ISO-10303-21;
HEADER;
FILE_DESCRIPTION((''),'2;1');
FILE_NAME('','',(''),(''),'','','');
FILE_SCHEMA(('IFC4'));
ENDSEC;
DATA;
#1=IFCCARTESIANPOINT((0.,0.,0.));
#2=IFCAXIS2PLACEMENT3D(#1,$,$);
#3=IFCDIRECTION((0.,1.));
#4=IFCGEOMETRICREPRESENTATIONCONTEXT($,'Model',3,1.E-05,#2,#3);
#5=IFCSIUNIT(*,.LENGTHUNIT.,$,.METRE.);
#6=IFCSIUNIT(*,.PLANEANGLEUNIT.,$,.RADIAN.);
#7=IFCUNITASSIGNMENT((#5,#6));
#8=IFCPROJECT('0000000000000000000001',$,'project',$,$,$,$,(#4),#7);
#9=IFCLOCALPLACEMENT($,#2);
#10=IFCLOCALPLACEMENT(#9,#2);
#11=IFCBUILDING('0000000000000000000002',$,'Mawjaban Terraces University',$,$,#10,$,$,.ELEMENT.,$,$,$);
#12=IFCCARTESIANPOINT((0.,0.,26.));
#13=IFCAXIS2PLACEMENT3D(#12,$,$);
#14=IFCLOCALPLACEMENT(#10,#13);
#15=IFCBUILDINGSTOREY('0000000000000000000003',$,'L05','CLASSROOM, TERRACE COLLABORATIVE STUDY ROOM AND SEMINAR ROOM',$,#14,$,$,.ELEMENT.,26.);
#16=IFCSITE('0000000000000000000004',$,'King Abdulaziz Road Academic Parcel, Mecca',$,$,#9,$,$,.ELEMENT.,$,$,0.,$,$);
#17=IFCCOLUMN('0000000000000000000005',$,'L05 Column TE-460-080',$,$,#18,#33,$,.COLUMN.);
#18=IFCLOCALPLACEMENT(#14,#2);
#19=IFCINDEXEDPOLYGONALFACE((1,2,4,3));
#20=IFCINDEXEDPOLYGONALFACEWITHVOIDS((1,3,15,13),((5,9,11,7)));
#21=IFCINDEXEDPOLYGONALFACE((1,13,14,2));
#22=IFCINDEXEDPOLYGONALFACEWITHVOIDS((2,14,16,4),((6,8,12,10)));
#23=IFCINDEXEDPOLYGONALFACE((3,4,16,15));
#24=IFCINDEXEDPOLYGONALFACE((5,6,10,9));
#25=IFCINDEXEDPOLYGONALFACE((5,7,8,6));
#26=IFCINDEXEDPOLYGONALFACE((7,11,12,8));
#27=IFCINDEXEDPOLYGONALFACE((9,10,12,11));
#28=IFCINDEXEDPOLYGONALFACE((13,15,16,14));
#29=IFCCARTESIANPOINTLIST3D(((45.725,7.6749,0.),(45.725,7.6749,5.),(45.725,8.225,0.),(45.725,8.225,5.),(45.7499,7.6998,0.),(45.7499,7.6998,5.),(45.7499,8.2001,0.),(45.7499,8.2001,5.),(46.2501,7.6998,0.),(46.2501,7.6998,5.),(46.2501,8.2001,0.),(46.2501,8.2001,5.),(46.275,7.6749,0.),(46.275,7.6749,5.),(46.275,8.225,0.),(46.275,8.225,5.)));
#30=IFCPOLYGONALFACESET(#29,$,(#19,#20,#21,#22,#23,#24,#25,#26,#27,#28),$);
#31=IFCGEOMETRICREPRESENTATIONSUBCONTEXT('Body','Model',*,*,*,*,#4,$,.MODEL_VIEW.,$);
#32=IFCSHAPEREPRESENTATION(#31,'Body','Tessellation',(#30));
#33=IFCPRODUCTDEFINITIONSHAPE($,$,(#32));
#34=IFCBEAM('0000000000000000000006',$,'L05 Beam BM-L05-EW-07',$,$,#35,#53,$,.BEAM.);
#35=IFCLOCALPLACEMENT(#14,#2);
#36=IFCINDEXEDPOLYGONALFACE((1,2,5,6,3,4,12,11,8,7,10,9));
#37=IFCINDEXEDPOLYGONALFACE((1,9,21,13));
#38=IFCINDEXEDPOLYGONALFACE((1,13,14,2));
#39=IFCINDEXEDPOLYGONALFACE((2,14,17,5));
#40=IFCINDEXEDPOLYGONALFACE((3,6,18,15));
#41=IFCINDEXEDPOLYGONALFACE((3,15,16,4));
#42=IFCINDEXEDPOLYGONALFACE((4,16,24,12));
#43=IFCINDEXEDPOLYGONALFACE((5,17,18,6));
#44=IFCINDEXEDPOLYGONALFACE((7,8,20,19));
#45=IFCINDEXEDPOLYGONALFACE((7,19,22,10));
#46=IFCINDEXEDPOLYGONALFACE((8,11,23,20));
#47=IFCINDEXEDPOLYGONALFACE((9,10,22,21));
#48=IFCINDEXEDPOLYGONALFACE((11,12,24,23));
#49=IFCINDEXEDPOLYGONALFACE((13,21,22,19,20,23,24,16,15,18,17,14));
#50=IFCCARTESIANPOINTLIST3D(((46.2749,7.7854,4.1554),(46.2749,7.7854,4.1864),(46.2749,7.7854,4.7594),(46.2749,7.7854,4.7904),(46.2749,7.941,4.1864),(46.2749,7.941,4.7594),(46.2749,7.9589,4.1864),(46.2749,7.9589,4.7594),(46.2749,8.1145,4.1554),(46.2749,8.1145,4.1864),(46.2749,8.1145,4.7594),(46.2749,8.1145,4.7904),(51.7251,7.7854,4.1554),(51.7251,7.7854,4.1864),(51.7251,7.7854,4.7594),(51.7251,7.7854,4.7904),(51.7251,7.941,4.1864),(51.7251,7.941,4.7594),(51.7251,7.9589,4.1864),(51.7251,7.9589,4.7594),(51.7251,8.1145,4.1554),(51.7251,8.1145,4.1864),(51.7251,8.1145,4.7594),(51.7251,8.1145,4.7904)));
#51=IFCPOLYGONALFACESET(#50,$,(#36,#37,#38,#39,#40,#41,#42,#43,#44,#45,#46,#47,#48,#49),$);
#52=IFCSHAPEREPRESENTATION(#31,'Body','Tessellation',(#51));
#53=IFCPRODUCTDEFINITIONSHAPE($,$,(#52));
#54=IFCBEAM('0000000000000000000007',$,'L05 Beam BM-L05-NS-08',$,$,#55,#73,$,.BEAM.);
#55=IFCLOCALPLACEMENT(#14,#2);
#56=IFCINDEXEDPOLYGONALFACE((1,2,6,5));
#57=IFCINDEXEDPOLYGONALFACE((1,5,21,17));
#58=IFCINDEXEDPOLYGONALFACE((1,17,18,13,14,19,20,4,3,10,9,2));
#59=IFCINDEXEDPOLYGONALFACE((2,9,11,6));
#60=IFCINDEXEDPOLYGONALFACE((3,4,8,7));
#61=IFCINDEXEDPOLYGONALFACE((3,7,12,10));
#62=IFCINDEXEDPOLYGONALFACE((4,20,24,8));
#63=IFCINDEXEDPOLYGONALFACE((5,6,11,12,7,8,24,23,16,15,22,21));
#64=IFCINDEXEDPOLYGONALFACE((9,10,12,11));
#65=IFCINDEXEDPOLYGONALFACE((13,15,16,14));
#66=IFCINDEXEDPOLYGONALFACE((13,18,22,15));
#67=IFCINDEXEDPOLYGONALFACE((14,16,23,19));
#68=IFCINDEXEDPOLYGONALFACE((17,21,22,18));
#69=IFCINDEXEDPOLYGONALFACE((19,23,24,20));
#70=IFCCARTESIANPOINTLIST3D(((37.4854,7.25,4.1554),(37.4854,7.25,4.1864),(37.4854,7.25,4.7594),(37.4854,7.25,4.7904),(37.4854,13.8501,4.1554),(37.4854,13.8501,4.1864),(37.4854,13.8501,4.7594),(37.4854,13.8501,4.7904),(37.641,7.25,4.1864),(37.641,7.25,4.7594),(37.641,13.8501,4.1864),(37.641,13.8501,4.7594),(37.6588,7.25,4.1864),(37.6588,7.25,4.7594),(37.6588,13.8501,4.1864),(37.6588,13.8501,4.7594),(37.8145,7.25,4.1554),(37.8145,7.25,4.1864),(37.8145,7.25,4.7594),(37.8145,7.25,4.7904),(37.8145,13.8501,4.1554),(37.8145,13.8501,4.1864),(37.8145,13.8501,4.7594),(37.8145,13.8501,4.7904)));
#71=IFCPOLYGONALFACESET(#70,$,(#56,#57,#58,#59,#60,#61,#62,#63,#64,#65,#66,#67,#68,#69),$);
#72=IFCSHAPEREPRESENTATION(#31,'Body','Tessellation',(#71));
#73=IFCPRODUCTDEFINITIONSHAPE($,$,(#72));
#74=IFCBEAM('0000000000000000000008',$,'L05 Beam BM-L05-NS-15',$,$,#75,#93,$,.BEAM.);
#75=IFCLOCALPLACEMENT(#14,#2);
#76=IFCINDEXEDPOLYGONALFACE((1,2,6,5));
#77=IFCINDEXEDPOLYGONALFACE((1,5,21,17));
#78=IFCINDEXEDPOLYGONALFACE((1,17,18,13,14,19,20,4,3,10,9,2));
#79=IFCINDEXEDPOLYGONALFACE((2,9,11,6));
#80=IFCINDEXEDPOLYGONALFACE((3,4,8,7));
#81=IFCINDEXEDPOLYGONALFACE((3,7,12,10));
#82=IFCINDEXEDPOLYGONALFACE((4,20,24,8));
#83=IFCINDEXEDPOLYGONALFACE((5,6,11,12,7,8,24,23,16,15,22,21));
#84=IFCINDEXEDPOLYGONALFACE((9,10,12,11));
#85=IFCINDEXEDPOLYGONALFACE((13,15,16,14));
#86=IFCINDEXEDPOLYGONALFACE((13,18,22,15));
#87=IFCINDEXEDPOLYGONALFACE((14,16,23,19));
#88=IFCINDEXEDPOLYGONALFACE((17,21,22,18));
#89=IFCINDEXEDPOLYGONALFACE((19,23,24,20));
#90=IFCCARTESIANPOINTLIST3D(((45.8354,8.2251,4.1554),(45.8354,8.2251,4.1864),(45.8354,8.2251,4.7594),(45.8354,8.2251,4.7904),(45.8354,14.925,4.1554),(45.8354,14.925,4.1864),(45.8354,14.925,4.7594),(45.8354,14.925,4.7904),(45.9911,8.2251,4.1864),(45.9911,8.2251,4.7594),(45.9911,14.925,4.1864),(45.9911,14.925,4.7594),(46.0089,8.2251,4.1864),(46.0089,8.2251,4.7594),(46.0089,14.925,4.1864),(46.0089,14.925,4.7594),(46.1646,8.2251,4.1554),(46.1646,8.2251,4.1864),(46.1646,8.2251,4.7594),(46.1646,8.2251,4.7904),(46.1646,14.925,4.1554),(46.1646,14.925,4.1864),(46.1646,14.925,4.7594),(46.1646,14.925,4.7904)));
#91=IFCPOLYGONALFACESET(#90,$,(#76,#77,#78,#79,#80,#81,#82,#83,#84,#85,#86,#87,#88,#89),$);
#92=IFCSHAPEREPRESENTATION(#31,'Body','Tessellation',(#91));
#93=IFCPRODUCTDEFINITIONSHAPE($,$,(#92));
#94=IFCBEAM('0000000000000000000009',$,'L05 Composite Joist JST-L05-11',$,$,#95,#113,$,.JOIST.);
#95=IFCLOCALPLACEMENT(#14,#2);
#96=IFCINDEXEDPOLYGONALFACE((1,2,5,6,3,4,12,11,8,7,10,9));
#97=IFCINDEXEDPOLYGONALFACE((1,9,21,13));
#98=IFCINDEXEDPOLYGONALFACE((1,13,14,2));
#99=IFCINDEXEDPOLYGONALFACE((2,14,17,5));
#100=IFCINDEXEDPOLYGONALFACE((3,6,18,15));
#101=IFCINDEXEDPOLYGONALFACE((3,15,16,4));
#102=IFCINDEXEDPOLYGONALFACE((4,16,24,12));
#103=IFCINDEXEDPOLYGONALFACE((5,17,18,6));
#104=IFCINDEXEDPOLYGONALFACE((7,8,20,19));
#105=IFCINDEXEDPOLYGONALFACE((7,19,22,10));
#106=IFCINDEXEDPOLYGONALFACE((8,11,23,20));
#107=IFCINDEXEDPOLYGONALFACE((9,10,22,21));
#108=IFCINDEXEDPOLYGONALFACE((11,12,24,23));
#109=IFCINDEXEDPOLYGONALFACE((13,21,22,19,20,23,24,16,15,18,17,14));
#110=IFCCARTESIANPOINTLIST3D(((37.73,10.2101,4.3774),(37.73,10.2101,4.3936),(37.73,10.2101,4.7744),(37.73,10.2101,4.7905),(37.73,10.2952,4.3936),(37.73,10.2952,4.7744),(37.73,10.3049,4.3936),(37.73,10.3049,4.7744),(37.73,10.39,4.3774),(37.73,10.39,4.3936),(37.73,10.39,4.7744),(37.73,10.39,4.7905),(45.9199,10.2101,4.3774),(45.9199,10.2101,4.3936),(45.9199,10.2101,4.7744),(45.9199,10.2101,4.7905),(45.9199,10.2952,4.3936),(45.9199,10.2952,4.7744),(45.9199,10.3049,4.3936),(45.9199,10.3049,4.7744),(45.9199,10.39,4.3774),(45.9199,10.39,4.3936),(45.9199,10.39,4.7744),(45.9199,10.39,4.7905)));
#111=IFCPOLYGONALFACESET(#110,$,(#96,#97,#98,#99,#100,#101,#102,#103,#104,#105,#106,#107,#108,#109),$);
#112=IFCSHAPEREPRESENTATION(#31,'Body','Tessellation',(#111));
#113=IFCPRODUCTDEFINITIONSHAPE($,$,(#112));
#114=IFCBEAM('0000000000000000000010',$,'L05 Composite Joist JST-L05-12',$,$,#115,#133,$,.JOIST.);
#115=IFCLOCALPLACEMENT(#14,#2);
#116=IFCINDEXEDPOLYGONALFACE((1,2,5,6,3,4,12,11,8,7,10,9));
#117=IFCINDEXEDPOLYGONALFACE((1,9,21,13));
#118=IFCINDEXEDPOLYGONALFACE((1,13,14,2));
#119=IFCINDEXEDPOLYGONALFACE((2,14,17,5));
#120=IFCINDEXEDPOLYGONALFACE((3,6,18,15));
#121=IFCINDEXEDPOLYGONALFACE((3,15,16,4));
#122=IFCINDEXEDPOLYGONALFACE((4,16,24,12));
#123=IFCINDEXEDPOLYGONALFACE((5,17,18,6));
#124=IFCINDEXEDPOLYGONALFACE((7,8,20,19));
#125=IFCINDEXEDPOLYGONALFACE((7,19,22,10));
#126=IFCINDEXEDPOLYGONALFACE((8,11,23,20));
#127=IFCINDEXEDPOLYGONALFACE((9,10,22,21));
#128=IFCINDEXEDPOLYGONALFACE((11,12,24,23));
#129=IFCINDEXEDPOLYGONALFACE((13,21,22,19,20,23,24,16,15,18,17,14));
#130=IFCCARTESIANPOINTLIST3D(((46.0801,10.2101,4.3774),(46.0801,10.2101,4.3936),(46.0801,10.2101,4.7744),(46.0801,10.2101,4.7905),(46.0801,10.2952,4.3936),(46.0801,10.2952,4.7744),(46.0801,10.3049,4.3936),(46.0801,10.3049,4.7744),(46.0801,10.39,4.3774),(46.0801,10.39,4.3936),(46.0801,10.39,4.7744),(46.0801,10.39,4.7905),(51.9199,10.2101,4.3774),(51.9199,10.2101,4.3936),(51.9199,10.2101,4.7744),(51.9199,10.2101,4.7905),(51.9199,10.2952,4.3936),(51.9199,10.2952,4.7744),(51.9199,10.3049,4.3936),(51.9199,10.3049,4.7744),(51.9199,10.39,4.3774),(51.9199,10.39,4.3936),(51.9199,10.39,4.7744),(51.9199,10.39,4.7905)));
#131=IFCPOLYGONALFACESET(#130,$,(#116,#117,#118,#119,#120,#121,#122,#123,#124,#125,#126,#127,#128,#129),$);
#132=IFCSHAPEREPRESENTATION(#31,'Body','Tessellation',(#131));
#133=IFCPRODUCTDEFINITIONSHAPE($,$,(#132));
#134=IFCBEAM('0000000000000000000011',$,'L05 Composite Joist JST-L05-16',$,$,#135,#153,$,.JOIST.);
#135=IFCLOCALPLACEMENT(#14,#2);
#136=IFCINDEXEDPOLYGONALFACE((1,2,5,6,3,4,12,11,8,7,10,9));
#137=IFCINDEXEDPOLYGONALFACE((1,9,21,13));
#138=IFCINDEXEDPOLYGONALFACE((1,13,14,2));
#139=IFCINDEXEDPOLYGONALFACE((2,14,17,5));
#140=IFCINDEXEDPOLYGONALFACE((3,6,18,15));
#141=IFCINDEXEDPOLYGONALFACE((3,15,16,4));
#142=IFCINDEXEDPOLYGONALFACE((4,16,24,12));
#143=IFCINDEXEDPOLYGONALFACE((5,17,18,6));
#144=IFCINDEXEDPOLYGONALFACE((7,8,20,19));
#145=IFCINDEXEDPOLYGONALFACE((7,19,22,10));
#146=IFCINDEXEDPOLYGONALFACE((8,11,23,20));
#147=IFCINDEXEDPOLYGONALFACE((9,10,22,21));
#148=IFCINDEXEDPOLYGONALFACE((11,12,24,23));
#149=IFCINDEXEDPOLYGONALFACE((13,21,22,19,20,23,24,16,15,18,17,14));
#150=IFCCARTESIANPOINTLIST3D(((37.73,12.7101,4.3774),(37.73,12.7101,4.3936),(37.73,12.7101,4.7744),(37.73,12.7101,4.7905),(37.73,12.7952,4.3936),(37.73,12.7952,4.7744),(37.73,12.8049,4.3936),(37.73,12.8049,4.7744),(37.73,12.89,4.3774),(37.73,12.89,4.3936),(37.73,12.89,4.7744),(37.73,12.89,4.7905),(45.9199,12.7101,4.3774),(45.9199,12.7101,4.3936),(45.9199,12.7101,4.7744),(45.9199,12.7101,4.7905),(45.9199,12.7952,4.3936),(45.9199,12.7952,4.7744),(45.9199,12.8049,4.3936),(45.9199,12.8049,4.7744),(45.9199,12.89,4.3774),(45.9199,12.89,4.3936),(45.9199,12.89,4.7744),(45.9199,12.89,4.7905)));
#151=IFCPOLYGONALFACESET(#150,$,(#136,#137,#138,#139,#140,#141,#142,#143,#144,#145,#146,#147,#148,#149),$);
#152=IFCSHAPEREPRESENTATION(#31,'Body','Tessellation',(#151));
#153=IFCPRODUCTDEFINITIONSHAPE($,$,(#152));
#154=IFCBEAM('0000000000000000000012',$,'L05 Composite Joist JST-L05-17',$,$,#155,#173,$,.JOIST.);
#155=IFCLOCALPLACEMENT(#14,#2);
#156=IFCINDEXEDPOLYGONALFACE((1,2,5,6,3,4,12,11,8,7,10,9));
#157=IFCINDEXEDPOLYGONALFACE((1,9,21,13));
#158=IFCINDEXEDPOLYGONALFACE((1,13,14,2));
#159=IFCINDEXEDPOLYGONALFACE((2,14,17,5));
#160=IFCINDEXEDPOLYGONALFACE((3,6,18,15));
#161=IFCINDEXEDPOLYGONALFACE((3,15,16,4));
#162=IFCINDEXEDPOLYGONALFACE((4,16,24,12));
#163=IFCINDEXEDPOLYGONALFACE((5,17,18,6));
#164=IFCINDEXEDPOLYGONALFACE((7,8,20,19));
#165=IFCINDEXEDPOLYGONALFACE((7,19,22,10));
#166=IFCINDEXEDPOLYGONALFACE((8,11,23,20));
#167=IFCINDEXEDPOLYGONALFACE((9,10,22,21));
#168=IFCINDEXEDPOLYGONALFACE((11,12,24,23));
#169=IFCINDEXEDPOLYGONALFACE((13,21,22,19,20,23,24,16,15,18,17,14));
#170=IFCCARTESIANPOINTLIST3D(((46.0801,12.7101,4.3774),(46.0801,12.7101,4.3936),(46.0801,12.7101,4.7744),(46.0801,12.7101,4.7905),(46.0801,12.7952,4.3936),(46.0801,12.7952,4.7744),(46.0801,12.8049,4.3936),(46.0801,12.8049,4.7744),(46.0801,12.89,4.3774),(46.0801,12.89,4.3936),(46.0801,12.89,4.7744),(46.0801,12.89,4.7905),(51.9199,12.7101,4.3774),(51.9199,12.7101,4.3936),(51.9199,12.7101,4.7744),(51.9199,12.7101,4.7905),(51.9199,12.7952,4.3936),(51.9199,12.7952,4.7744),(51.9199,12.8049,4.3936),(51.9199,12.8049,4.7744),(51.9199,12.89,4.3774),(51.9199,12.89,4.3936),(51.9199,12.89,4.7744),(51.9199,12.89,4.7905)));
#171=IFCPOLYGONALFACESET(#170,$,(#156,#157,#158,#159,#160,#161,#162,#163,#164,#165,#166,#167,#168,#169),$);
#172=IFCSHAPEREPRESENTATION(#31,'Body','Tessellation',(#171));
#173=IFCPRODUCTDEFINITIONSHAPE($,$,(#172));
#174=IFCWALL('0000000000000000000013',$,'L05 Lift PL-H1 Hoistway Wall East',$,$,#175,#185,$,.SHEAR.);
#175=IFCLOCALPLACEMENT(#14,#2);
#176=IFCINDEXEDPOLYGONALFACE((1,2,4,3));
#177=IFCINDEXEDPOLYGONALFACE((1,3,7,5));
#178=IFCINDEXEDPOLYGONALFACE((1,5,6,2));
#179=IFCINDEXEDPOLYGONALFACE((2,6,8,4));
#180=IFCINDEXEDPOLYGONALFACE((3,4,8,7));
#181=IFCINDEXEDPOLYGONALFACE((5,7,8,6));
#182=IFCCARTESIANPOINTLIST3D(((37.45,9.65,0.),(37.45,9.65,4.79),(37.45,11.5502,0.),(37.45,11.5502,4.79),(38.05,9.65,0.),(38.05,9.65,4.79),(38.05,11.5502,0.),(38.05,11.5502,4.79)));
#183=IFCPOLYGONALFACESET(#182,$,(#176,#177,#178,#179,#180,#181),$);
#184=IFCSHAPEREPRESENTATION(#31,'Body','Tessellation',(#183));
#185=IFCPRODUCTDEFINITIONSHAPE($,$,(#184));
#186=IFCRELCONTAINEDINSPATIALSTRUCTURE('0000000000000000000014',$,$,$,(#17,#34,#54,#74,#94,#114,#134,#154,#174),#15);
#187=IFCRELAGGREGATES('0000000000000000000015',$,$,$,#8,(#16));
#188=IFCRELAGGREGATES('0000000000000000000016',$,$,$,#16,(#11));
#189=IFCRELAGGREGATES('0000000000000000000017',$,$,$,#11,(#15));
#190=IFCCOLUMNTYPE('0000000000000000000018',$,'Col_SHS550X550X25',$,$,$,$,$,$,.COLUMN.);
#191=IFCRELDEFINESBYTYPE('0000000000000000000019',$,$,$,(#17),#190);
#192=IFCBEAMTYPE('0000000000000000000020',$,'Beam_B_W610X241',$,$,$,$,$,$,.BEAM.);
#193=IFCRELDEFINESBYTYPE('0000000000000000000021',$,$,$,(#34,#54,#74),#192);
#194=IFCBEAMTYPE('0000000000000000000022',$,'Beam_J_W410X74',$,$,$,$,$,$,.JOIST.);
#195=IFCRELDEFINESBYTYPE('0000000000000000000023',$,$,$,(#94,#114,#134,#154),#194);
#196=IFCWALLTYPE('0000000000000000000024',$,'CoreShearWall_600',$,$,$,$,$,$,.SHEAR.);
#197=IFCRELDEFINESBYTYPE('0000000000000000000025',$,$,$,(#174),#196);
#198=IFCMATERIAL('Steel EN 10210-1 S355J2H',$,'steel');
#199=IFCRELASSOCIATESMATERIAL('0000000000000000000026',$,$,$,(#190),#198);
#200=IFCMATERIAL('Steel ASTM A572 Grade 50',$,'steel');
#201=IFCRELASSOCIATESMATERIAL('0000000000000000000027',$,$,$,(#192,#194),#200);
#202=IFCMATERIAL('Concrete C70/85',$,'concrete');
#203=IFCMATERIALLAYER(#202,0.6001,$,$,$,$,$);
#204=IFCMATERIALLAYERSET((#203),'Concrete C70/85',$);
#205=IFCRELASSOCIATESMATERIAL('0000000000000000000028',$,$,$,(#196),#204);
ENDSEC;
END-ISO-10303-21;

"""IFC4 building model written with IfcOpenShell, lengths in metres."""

from ifc_helpers import new_model, si_unit, direction, frame, frame_2d, origin, origin_2d, place, context, subcontext, project, spatial, rectangle, hollow_rectangle, i_section, extrude, material, layer, layer_set, material_profile, profile_set, type_object, element, save


model = new_model("IFC4")

# Units and contexts
model_context = context("Model", 3, precision=1e-05, world=origin(), true_north=direction((0.0, 1.0)))
body_context = subcontext(model_context, "Body", "Model", "MODEL_VIEW")
ifc_project = project(units=[si_unit("LENGTHUNIT", "METRE"), si_unit("PLANEANGLEUNIT", "RADIAN")], contexts=[model_context])

# Site, building, storey
site_placement = place(None, origin())
site = spatial("IfcSite", under=ifc_project, at=site_placement, Name="King Abdulaziz Road Academic Parcel, Mecca", CompositionType="ELEMENT", RefElevation=0.0)
building_placement = place(site_placement, origin())
building = spatial("IfcBuilding", under=site, at=building_placement, Name="Mawjaban Terraces University", CompositionType="ELEMENT")
storey_placement = place(building_placement, frame((0.0, 0.0, 26.0)))
storey = spatial("IfcBuildingStorey", under=building, at=storey_placement, Name="L05", Description="CLASSROOM, TERRACE COLLABORATIVE STUDY ROOM AND SEMINAR ROOM", CompositionType="ELEMENT", Elevation=26.0)

# Column
ifc_material_1 = material(Name="Steel EN 10210-1 S355J2H", Category="steel")
ifc_material_profile_1 = material_profile(ifc_material_1, hollow_rectangle(XDim=0.55, YDim=0.55, WallThickness=0.0249, at=origin_2d()), Name="SHS550X550X25")
ifc_profile_set_1 = profile_set([ifc_material_profile_1], Name="Steel EN 10210-1 S355J2H")
column_type = type_object("IfcColumnType", Name="Col_SHS550X550X25", PredefinedType="COLUMN", material=ifc_profile_set_1)
column_placement = place(storey_placement, frame((46.0, 7.95, 0.0), z_axis=(0.0, 0.0, 1.0), x_axis=(1.0, 0.0, 0.0)))
element("IfcColumn", 1, at=column_placement, inside=storey, type_object=column_type, Name="L05 Column TE-460-080", PredefinedType="COLUMN", context=body_context, shape_type="SweptSolid", body=[
    extrude(hollow_rectangle(XDim=0.55, YDim=0.55, WallThickness=0.0249, at=origin_2d()), origin(), (0.0, 0.0, 1.0), 5.0),
])

# Beams
ifc_material_2 = material(Name="Steel ASTM A572 Grade 50", Category="steel")
ifc_material_profile_2 = material_profile(ifc_material_2, i_section(OverallWidth=0.3291, OverallDepth=0.635, WebThickness=0.0178, FlangeThickness=0.031, at=origin_2d()), Name="W610X241")
ifc_profile_set_2 = profile_set([ifc_material_profile_2], Name="Steel ASTM A572 Grade 50")
beam_type_1 = type_object("IfcBeamType", Name="Beam_B_W610X241", PredefinedType="BEAM", material=ifc_profile_set_2)
beam_1_placement = place(storey_placement, frame((46.2749, 7.95, 4.4729), z_axis=(1.0, 0.0, 0.0), x_axis=(0.0, 1.0, 0.0)))
element("IfcBeam", 2, at=beam_1_placement, inside=storey, type_object=beam_type_1, Name="L05 Beam BM-L05-EW-07", PredefinedType="BEAM", context=body_context, shape_type="SweptSolid", body=[
    extrude(i_section(OverallWidth=0.3291, OverallDepth=0.635, WebThickness=0.0178, FlangeThickness=0.031, at=origin_2d()), origin(), (0.0, 0.0, 1.0), 5.4502),
])
beam_2_placement = place(storey_placement, frame((37.6499, 7.25, 4.4729), z_axis=(0.0, 1.0, 0.0), x_axis=(-1.0, 0.0, 0.0)))
element("IfcBeam", 3, at=beam_2_placement, inside=storey, type_object=beam_type_1, Name="L05 Beam BM-L05-NS-08", PredefinedType="BEAM", context=body_context, shape_type="SweptSolid", body=[
    extrude(i_section(OverallWidth=0.3291, OverallDepth=0.635, WebThickness=0.0178, FlangeThickness=0.031, at=origin_2d()), origin(), (0.0, 0.0, 1.0), 6.6001),
])
beam_3_placement = place(storey_placement, frame((46.0, 8.2251, 4.4729), z_axis=(0.0, 1.0, 0.0), x_axis=(-1.0, 0.0, 0.0)))
element("IfcBeam", 4, at=beam_3_placement, inside=storey, type_object=beam_type_1, Name="L05 Beam BM-L05-NS-15", PredefinedType="BEAM", context=body_context, shape_type="SweptSolid", body=[
    extrude(i_section(OverallWidth=0.3291, OverallDepth=0.635, WebThickness=0.0178, FlangeThickness=0.031, at=origin_2d()), origin(), (0.0, 0.0, 1.0), 6.7),
])
ifc_material_profile_3 = material_profile(ifc_material_2, i_section(OverallWidth=0.1799, OverallDepth=0.4131, WebThickness=0.0098, FlangeThickness=0.0161, at=origin_2d()), Name="W410X74")
ifc_profile_set_3 = profile_set([ifc_material_profile_3], Name="Steel ASTM A572 Grade 50")
beam_type_2 = type_object("IfcBeamType", Name="Beam_J_W410X74", PredefinedType="JOIST", material=ifc_profile_set_3)
beam_4_placement = place(storey_placement, frame((37.73, 10.3, 4.584), z_axis=(1.0, 0.0, 0.0), x_axis=(0.0, 1.0, 0.0)))
element("IfcBeam", 5, at=beam_4_placement, inside=storey, type_object=beam_type_2, Name="L05 Composite Joist JST-L05-11", PredefinedType="JOIST", context=body_context, shape_type="SweptSolid", body=[
    extrude(i_section(OverallWidth=0.1799, OverallDepth=0.4131, WebThickness=0.0098, FlangeThickness=0.0161, at=origin_2d()), origin(), (0.0, 0.0, 1.0), 8.1899),
])
beam_5_placement = place(storey_placement, frame((46.0801, 10.3, 4.584), z_axis=(1.0, 0.0, 0.0), x_axis=(0.0, 1.0, 0.0)))
element("IfcBeam", 6, at=beam_5_placement, inside=storey, type_object=beam_type_2, Name="L05 Composite Joist JST-L05-12", PredefinedType="JOIST", context=body_context, shape_type="SweptSolid", body=[
    extrude(i_section(OverallWidth=0.1799, OverallDepth=0.4131, WebThickness=0.0098, FlangeThickness=0.0161, at=origin_2d()), origin(), (0.0, 0.0, 1.0), 5.8398),
])
beam_6_placement = place(storey_placement, frame((37.73, 12.8, 4.584), z_axis=(1.0, 0.0, 0.0), x_axis=(0.0, 1.0, 0.0)))
element("IfcBeam", 7, at=beam_6_placement, inside=storey, type_object=beam_type_2, Name="L05 Composite Joist JST-L05-16", PredefinedType="JOIST", context=body_context, shape_type="SweptSolid", body=[
    extrude(i_section(OverallWidth=0.1799, OverallDepth=0.4131, WebThickness=0.0098, FlangeThickness=0.0161, at=origin_2d()), origin(), (0.0, 0.0, 1.0), 8.1899),
])
beam_7_placement = place(storey_placement, frame((46.0801, 12.8, 4.584), z_axis=(1.0, 0.0, 0.0), x_axis=(0.0, 1.0, 0.0)))
element("IfcBeam", 8, at=beam_7_placement, inside=storey, type_object=beam_type_2, Name="L05 Composite Joist JST-L05-17", PredefinedType="JOIST", context=body_context, shape_type="SweptSolid", body=[
    extrude(i_section(OverallWidth=0.1799, OverallDepth=0.4131, WebThickness=0.0098, FlangeThickness=0.0161, at=origin_2d()), origin(), (0.0, 0.0, 1.0), 5.8398),
])

# Wall
ifc_material_3 = material(Name="Concrete C70/85", Category="concrete")
ifc_layer_1 = layer(ifc_material_3, 0.6001)
ifc_layer_set_1 = layer_set([ifc_layer_1], Name="Concrete C70/85")
wall_type_1 = type_object("IfcWallType", Name="CoreShearWall_600", PredefinedType="SHEAR", material=ifc_layer_set_1)
wall_1_placement = place(storey_placement, frame((37.75, 9.6499, 0.0), z_axis=(0.0, 0.0, 1.0), x_axis=(0.0, 1.0, 0.0)))
element("IfcWall", 9, at=wall_1_placement, inside=storey, type_object=wall_type_1, Name="L05 Lift PL-H1 Hoistway Wall East", PredefinedType="SHEAR", context=body_context, shape_type="SweptSolid", body=[
    extrude(rectangle(XDim=1.9001, YDim=0.6001, at=frame_2d((0.9502, 0.0))), origin(), (0.0, 0.0, 1.0), 4.79),
])

save(model, "model.ifc")
